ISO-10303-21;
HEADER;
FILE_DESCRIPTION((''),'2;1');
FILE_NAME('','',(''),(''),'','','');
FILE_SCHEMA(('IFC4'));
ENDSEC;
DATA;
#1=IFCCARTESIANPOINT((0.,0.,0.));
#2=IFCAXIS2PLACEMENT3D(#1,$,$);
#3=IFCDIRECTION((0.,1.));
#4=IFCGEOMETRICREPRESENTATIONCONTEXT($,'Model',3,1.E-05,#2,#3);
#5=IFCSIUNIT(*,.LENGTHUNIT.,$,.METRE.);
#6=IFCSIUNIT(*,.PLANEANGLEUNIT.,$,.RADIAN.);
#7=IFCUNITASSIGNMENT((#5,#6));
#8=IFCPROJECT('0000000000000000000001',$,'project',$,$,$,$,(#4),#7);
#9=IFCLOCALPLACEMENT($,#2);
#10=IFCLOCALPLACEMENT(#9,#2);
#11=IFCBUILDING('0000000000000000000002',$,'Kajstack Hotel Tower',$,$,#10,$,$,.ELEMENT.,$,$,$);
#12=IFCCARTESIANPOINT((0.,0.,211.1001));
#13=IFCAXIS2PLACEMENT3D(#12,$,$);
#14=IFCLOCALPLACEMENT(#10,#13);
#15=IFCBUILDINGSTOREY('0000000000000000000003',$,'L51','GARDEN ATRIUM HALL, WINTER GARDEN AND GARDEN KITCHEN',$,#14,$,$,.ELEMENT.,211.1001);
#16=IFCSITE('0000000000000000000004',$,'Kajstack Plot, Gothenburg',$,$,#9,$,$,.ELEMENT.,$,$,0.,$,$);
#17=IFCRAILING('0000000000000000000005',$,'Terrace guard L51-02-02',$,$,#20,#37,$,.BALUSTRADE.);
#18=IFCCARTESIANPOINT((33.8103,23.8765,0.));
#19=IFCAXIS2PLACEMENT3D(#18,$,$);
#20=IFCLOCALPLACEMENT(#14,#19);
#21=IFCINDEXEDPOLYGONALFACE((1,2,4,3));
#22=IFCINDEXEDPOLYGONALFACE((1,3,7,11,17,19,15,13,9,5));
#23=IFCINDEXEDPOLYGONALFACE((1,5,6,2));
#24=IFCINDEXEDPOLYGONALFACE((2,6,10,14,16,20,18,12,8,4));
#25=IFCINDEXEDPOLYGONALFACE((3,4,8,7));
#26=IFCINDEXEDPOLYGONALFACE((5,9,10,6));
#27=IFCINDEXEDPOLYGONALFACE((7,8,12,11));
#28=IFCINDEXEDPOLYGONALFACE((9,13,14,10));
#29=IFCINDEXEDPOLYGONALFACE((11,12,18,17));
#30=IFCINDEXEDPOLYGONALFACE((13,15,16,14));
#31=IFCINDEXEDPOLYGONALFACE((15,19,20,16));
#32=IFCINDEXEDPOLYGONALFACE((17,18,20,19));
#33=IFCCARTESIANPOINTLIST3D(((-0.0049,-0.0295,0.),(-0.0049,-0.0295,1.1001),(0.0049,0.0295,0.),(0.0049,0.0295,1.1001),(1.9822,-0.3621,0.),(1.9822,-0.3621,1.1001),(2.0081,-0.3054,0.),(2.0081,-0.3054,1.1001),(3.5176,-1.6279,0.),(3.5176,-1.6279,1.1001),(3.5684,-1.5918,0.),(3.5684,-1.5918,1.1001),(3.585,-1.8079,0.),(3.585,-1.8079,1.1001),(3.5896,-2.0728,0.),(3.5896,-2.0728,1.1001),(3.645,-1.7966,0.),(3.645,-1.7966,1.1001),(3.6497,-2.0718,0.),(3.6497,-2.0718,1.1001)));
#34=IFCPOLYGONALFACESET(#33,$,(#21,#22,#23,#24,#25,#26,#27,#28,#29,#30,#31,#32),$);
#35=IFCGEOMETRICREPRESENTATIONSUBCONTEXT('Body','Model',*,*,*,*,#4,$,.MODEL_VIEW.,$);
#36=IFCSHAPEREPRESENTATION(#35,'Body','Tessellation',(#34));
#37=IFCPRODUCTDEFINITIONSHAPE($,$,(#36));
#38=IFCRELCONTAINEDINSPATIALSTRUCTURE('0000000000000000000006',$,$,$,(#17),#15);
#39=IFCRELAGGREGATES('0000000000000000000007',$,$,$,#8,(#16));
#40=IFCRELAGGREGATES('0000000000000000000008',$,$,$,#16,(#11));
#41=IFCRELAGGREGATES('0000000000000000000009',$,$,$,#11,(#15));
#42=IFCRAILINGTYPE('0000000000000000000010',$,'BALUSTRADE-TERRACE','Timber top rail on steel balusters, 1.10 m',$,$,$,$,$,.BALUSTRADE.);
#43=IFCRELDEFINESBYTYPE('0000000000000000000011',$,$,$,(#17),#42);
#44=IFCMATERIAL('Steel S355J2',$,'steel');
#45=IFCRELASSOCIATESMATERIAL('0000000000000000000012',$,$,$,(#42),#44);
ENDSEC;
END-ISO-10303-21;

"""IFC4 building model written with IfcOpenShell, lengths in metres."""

from ifc_helpers import new_model, si_unit, direction, frame, origin, place, context, subcontext, project, spatial, polyline, outline, extrude, material, type_object, element, save


model = new_model("IFC4")

# Units and contexts
model_context = context("Model", 3, precision=1e-05, world=origin(), true_north=direction((0.0, 1.0)))
body_context = subcontext(model_context, "Body", "Model", "MODEL_VIEW")
ifc_project = project(units=[si_unit("LENGTHUNIT", "METRE"), si_unit("PLANEANGLEUNIT", "RADIAN")], contexts=[model_context])

# Site, building, storey
site_placement = place(None, origin())
site = spatial("IfcSite", under=ifc_project, at=site_placement, Name="Kajstack Plot, Gothenburg", CompositionType="ELEMENT", RefElevation=0.0)
building_placement = place(site_placement, origin())
building = spatial("IfcBuilding", under=site, at=building_placement, Name="Kajstack Hotel Tower", CompositionType="ELEMENT")
storey_placement = place(building_placement, frame((0.0, 0.0, 211.1001)))
storey = spatial("IfcBuildingStorey", under=building, at=storey_placement, Name="L51", Description="GARDEN ATRIUM HALL, WINTER GARDEN AND GARDEN KITCHEN", CompositionType="ELEMENT", Elevation=211.1001)

# Railing
ifc_material_1 = material(Name="Steel S355J2", Category="steel")
railing_type = type_object("IfcRailingType", Name="BALUSTRADE-TERRACE", Description="Timber top rail on steel balusters, 1.10 m", PredefinedType="BALUSTRADE", material=ifc_material_1)
railing_placement = place(storey_placement, frame((33.8103, 23.8765, 0.0)))
element("IfcRailing", 1, at=railing_placement, inside=storey, type_object=railing_type, Name="Terrace guard L51-02-02", PredefinedType="BALUSTRADE", context=body_context, shape_type="SweptSolid", body=[
    extrude(outline(polyline([(2.0081, -0.3054), (3.5684, -1.5918), (3.645, -1.7966), (3.6497, -2.0718), (3.5896, -2.0728), (3.585, -1.8079), (3.5176, -1.6279), (1.9822, -0.3621), (-0.0049, -0.0295), (0.0049, 0.0295), (2.0081, -0.3054)])), origin(), (0.0, 0.0, 1.0), 1.1001),
])

save(model, "model.ifc")
